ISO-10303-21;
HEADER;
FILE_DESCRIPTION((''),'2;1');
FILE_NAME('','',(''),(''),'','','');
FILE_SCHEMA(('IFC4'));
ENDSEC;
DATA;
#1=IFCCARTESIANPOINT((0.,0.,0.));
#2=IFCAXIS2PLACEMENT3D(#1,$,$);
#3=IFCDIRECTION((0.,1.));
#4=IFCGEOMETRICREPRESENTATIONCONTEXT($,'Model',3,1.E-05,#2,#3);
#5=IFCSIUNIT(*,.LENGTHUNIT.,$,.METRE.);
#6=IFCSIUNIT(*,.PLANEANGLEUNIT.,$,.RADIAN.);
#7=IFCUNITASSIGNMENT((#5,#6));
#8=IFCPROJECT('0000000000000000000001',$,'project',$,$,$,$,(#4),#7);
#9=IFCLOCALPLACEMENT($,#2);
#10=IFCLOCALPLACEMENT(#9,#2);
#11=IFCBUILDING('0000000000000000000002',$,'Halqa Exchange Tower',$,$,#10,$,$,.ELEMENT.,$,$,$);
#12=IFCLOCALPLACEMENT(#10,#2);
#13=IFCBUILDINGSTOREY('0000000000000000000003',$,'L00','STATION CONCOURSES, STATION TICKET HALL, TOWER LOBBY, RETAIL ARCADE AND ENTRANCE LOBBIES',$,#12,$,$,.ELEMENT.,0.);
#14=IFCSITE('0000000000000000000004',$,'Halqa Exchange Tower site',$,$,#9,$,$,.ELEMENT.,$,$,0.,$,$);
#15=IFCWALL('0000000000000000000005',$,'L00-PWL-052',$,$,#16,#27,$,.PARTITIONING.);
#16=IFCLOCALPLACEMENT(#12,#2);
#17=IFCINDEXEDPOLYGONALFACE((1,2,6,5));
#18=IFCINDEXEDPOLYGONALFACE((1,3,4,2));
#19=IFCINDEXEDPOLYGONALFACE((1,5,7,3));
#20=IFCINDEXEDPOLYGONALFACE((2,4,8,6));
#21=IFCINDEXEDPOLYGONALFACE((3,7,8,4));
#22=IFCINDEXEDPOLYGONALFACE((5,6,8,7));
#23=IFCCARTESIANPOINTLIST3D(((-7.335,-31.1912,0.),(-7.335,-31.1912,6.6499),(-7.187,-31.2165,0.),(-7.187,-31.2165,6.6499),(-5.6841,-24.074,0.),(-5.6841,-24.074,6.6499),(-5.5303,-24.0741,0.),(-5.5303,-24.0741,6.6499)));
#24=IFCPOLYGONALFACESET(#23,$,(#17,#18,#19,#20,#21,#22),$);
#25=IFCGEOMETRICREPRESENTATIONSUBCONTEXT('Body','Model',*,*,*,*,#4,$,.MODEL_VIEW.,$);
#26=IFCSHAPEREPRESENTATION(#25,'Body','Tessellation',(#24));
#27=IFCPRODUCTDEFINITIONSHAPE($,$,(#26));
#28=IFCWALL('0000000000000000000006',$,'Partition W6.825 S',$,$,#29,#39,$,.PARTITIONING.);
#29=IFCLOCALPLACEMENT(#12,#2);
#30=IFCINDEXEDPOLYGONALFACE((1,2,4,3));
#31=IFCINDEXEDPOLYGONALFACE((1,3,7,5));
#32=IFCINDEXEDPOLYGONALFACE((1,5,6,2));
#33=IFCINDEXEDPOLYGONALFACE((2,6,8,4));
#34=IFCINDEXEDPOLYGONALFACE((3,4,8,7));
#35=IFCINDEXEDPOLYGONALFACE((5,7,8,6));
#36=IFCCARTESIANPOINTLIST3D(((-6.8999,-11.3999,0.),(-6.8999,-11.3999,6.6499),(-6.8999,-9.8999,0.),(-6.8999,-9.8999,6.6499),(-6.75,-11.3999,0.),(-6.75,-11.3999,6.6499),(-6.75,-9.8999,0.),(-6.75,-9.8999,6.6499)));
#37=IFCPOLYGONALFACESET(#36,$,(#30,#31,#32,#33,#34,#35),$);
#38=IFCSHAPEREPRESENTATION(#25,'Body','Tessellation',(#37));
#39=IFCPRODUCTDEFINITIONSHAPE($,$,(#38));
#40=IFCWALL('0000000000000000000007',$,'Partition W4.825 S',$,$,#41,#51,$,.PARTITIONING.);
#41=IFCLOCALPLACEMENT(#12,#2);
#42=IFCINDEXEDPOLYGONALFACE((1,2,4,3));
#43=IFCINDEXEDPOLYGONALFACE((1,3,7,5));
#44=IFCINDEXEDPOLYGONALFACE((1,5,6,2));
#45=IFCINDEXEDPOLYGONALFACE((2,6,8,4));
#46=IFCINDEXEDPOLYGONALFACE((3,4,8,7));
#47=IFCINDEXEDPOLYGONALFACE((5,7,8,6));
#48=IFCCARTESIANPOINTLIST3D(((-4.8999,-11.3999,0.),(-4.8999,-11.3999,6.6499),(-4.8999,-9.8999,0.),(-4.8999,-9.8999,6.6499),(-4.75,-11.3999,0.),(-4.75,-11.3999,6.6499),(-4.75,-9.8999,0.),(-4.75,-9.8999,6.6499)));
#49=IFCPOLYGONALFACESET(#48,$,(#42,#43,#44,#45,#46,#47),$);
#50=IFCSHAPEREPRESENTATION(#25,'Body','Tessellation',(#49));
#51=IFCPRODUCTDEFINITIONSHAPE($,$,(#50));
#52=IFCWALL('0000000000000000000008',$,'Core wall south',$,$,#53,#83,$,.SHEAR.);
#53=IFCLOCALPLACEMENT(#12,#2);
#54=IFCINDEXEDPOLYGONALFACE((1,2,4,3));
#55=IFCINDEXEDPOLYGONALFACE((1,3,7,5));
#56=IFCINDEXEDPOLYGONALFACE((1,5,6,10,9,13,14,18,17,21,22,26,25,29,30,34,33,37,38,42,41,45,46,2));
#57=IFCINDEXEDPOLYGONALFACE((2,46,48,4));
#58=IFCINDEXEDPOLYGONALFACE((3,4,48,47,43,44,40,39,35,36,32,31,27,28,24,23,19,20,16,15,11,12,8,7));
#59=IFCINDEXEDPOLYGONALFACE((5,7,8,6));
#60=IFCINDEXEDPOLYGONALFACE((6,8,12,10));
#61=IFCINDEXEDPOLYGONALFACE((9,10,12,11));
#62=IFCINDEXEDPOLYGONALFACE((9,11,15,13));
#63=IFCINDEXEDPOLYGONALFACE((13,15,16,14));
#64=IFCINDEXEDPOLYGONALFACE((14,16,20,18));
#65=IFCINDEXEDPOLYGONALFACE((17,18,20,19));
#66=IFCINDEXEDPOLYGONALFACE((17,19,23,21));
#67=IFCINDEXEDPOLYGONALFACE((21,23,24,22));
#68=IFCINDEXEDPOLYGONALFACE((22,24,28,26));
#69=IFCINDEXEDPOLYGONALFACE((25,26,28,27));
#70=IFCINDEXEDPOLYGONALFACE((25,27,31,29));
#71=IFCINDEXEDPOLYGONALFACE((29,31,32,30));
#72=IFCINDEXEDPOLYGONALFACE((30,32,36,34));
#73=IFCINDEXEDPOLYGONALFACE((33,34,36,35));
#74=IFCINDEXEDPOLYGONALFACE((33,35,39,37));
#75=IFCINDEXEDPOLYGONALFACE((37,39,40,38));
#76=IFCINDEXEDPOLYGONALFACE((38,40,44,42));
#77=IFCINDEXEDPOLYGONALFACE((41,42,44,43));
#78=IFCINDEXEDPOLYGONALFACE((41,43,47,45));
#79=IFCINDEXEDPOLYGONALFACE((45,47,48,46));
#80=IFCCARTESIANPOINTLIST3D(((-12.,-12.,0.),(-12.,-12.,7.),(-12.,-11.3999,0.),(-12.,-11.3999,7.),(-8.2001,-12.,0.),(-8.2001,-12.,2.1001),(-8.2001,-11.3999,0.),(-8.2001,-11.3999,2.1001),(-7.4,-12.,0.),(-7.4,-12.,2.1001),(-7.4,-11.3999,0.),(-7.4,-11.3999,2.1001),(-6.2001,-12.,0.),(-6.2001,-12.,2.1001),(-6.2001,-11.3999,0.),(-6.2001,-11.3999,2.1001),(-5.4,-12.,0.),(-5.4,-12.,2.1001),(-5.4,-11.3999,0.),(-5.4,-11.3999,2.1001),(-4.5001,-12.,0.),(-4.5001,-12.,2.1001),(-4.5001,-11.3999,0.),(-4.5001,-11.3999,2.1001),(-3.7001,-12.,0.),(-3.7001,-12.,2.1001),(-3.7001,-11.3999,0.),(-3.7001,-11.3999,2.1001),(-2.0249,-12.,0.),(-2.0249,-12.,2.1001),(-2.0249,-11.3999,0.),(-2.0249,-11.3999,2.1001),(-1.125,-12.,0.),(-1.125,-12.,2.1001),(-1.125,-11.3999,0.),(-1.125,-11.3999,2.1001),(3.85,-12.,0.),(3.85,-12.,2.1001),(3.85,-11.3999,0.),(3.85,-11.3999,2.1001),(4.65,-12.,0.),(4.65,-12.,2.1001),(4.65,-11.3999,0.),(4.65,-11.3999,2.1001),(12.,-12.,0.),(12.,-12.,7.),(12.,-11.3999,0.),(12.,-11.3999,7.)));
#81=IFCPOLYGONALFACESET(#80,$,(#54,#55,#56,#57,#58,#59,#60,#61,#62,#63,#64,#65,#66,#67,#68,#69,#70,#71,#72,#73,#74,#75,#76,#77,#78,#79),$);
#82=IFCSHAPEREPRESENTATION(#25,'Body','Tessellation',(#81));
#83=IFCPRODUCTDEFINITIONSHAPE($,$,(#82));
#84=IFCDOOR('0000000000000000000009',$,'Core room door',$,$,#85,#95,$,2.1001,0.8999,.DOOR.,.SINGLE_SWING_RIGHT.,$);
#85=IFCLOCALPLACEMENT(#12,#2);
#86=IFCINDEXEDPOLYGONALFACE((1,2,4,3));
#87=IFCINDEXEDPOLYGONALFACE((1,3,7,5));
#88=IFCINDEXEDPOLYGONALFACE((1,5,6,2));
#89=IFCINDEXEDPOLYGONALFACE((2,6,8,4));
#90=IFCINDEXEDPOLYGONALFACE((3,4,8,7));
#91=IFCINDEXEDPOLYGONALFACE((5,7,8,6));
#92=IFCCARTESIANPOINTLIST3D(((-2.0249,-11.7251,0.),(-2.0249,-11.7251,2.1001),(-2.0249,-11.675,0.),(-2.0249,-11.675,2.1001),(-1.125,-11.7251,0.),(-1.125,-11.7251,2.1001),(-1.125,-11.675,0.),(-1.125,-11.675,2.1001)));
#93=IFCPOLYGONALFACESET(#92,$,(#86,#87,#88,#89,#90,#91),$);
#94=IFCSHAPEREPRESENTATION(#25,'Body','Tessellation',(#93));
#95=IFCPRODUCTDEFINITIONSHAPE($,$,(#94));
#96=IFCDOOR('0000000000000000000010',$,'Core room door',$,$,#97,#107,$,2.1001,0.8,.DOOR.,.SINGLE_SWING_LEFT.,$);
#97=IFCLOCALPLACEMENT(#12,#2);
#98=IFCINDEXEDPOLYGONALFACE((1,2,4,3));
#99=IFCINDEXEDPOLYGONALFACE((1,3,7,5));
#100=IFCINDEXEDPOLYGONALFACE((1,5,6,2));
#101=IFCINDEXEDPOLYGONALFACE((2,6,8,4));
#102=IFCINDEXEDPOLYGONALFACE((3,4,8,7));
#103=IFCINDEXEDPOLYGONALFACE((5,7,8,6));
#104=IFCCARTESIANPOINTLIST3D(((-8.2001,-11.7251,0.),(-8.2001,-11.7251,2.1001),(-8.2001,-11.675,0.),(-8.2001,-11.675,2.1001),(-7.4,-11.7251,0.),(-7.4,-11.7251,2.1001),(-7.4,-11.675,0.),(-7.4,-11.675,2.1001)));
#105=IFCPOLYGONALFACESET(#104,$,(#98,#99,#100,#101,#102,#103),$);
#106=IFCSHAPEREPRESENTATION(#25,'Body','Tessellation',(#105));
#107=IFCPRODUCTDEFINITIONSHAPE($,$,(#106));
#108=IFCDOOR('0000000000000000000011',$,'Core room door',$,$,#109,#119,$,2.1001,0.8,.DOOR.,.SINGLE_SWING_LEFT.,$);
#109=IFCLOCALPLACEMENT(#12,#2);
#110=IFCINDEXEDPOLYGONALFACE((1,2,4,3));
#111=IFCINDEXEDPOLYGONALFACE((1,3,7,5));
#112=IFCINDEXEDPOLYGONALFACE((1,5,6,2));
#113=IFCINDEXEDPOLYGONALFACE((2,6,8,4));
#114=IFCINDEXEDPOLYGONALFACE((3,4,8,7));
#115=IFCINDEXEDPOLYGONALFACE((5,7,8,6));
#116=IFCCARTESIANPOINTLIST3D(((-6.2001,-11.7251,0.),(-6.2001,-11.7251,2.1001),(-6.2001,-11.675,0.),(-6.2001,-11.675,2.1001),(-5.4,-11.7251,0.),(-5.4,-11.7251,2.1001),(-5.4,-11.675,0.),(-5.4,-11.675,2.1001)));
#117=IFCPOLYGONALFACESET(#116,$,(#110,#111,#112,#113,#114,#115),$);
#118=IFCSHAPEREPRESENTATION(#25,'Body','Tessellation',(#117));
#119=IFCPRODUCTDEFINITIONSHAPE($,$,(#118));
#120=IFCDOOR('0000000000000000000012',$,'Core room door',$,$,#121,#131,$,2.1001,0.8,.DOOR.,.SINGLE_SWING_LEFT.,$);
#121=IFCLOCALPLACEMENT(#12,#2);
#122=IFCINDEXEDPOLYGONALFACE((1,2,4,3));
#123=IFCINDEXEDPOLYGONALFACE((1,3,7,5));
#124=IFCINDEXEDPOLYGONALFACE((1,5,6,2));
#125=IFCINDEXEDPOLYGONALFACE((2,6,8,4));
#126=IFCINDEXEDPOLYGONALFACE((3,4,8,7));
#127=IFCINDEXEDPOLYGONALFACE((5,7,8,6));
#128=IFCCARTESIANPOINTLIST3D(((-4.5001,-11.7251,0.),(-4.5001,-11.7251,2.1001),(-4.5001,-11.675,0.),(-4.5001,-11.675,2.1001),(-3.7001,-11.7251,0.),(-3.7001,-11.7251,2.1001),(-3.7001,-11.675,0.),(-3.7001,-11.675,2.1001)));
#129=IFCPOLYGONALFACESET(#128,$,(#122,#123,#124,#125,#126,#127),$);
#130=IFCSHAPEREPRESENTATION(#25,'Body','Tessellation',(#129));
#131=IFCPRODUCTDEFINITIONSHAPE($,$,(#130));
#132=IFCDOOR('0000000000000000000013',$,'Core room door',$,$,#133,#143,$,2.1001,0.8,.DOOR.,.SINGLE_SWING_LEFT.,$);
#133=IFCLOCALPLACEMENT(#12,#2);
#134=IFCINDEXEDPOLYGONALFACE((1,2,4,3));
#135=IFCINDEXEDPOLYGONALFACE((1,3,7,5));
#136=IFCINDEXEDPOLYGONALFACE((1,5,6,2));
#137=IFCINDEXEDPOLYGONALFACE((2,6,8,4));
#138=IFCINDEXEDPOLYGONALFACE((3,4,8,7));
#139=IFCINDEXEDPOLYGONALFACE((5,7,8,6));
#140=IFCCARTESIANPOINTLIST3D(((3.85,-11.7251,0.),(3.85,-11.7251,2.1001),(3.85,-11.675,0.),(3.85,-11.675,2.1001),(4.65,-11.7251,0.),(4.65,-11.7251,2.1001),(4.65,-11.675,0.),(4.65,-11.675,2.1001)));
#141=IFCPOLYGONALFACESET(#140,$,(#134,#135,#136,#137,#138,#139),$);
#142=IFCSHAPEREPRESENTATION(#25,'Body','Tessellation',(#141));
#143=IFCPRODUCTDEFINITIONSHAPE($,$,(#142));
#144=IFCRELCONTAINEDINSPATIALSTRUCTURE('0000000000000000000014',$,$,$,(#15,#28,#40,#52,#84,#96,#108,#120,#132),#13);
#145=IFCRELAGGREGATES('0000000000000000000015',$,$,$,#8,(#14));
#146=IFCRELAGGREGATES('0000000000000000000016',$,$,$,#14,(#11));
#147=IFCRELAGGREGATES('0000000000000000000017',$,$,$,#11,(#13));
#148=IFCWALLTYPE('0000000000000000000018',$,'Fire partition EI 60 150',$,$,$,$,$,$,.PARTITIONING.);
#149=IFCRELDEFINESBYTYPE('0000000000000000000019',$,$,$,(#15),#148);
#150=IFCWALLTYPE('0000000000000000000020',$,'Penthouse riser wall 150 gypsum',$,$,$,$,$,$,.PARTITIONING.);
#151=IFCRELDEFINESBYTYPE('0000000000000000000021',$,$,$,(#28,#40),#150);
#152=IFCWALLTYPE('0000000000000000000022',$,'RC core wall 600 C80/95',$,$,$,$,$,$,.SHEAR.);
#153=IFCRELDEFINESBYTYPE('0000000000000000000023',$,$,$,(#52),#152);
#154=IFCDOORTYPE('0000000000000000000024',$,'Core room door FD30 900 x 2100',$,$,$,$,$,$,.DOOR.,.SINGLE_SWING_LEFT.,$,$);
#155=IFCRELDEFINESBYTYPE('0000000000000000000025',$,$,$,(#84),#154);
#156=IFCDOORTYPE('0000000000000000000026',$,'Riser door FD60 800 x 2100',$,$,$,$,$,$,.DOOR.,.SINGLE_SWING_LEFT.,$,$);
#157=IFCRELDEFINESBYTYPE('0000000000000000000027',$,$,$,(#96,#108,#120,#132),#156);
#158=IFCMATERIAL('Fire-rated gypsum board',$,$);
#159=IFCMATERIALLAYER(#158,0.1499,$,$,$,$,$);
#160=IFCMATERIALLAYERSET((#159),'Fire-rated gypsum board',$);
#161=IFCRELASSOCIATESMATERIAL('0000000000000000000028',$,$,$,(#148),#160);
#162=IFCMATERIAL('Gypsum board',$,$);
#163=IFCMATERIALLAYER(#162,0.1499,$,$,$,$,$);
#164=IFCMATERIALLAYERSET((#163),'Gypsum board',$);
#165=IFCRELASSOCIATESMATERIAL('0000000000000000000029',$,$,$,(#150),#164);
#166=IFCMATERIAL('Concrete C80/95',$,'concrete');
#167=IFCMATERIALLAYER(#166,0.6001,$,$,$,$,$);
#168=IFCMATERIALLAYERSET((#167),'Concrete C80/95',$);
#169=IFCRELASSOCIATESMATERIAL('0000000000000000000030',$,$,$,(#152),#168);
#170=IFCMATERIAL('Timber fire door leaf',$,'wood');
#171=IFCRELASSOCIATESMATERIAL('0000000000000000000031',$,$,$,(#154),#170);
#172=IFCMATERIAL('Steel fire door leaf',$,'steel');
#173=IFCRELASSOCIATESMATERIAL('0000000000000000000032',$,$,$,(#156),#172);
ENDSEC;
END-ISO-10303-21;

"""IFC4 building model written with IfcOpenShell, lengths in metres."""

from ifc_helpers import new_model, si_unit, direction, frame, frame_2d, origin, place, context, subcontext, project, spatial, polyline, rectangle, outline, extrude, material, layer, layer_set, type_object, element, fill, save


model = new_model("IFC4")

# Units and contexts
model_context = context("Model", 3, precision=1e-05, world=origin(), true_north=direction((0.0, 1.0)))
body_context = subcontext(model_context, "Body", "Model", "MODEL_VIEW")
ifc_project = project(units=[si_unit("LENGTHUNIT", "METRE"), si_unit("PLANEANGLEUNIT", "RADIAN")], contexts=[model_context])

# Site, building, storey
site_placement = place(None, origin())
site = spatial("IfcSite", under=ifc_project, at=site_placement, Name="Halqa Exchange Tower site", CompositionType="ELEMENT", RefElevation=0.0)
building_placement = place(site_placement, origin())
building = spatial("IfcBuilding", under=site, at=building_placement, Name="Halqa Exchange Tower", CompositionType="ELEMENT")
storey_placement = place(building_placement, origin())
storey = spatial("IfcBuildingStorey", under=building, at=storey_placement, Name="L00", Description="STATION CONCOURSES, STATION TICKET HALL, TOWER LOBBY, RETAIL ARCADE AND ENTRANCE LOBBIES", CompositionType="ELEMENT", Elevation=0.0)

# Shared definitions
ifc_material_1 = material(Name="Fire-rated gypsum board")
ifc_layer_1 = layer(ifc_material_1, 0.1499)
ifc_layer_set_1 = layer_set([ifc_layer_1], Name="Fire-rated gypsum board")
wall_type_1 = type_object("IfcWallType", Name="Fire partition EI 60 150", PredefinedType="PARTITIONING", material=ifc_layer_set_1)
ifc_material_2 = material(Name="Steel fire door leaf", Category="steel")

# Walls
wall_1_placement = place(storey_placement, frame((-7.261, -31.2039, 0.0), z_axis=(0.0, 0.0, 1.0), x_axis=(0.225956, 0.974138, 0.0)))
element("IfcWall", 1, at=wall_1_placement, inside=storey, type_object=wall_type_1, Name="L00-PWL-052", PredefinedType="PARTITIONING", context=body_context, shape_type="SweptSolid", body=[
    extrude(outline(polyline([(0.0044, -0.075), (7.3364, -0.075), (7.3018, 0.075), (-0.0044, 0.075), (0.0044, -0.075)])), origin(), (0.0, 0.0, 1.0), 6.6499),
])
ifc_material_3 = material(Name="Gypsum board")
ifc_layer_2 = layer(ifc_material_3, 0.1499)
ifc_layer_set_2 = layer_set([ifc_layer_2], Name="Gypsum board")
wall_type_2 = type_object("IfcWallType", Name="Penthouse riser wall 150 gypsum", PredefinedType="PARTITIONING", material=ifc_layer_set_2)
for number, where, z_axis, x_axis, name in (
    (2, (-6.825, -11.3999, 0.0), (0.0, 0.0, 1.0), (0.0, 1.0, 0.0), "Partition W6.825 S"),
    (3, (-4.825, -11.3999, 0.0), (0.0, 0.0, 1.0), (0.0, 1.0, 0.0), "Partition W4.825 S"),
):
    element("IfcWall", number, at=place(storey_placement, frame(where, z_axis=z_axis, x_axis=x_axis)), inside=storey, type_object=wall_type_2, Name=name, PredefinedType="PARTITIONING", context=body_context, shape_type="SweptSolid", body=[
        extrude(rectangle(XDim=1.5, YDim=0.1499, at=frame_2d((0.75, 0.0))), origin(), (0.0, 0.0, 1.0), 6.6499),
    ])

# Wall, openings, doors
ifc_material_4 = material(Name="Concrete C80/95", Category="concrete")
ifc_layer_3 = layer(ifc_material_4, 0.6001)
ifc_layer_set_3 = layer_set([ifc_layer_3], Name="Concrete C80/95")
wall_type_3 = type_object("IfcWallType", Name="RC core wall 600 C80/95", PredefinedType="SHEAR", material=ifc_layer_set_3)
wall_2_placement = place(storey_placement, frame((-12.0, -11.7, 0.0), z_axis=(0.0, 0.0, 1.0), x_axis=(1.0, 0.0, 0.0)))
wall_2 = element("IfcWall", 4, at=wall_2_placement, inside=storey, type_object=wall_type_3, Name="Core wall south", PredefinedType="SHEAR", context=body_context, shape_type="SweptSolid", body=[
    extrude(rectangle(XDim=24.0, YDim=0.6001, at=frame_2d((12.0, 0.0))), origin(), (0.0, 0.0, 1.0), 7.0),
])
opening_1_placement = place(wall_2_placement, frame((9.9751, 0.0, 0.0)))
opening_1 = element("IfcOpeningElement", 5, at=opening_1_placement, cuts=wall_2, PredefinedType="OPENING", context=body_context, shape_type="SweptSolid", body=[
    extrude(rectangle(XDim=0.8999, YDim=2.1001, at=frame_2d((0.45, 1.05))), frame((0.0, 0.312, 0.0), z_axis=(0.0, -1.0, 0.0), x_axis=(1.0, 0.0, 0.0)), (0.0, 0.0, 1.0), 0.624),
])
opening_2_placement = place(wall_2_placement, frame((3.8, 0.0, 0.0)))
opening_2 = element("IfcOpeningElement", 6, at=opening_2_placement, cuts=wall_2, PredefinedType="OPENING", context=body_context, shape_type="SweptSolid", body=[
    extrude(rectangle(XDim=0.8, YDim=2.1001, at=frame_2d((0.3999, 1.05))), frame((0.0, 0.312, 0.0), z_axis=(0.0, -1.0, 0.0), x_axis=(1.0, 0.0, 0.0)), (0.0, 0.0, 1.0), 0.624),
])
opening_3_placement = place(wall_2_placement, frame((5.8, 0.0, 0.0)))
opening_3 = element("IfcOpeningElement", 7, at=opening_3_placement, cuts=wall_2, PredefinedType="OPENING", context=body_context, shape_type="SweptSolid", body=[
    extrude(rectangle(XDim=0.8, YDim=2.1001, at=frame_2d((0.3999, 1.05))), frame((0.0, 0.312, 0.0), z_axis=(0.0, -1.0, 0.0), x_axis=(1.0, 0.0, 0.0)), (0.0, 0.0, 1.0), 0.624),
])
opening_4_placement = place(wall_2_placement, frame((7.5, 0.0, 0.0)))
opening_4 = element("IfcOpeningElement", 8, at=opening_4_placement, cuts=wall_2, PredefinedType="OPENING", context=body_context, shape_type="SweptSolid", body=[
    extrude(rectangle(XDim=0.8, YDim=2.1001, at=frame_2d((0.3999, 1.05))), frame((0.0, 0.312, 0.0), z_axis=(0.0, -1.0, 0.0), x_axis=(1.0, 0.0, 0.0)), (0.0, 0.0, 1.0), 0.624),
])
opening_5_placement = place(wall_2_placement, frame((15.8501, 0.0, 0.0)))
opening_5 = element("IfcOpeningElement", 9, at=opening_5_placement, cuts=wall_2, PredefinedType="OPENING", context=body_context, shape_type="SweptSolid", body=[
    extrude(rectangle(XDim=0.8, YDim=2.1001, at=frame_2d((0.3999, 1.05))), frame((0.0, 0.312, 0.0), z_axis=(0.0, -1.0, 0.0), x_axis=(1.0, 0.0, 0.0)), (0.0, 0.0, 1.0), 0.624),
])
ifc_material_5 = material(Name="Timber fire door leaf", Category="wood")
door_type_1 = type_object("IfcDoorType", Name="Core room door FD30 900 x 2100", OperationType="SINGLE_SWING_LEFT", PredefinedType="DOOR", material=ifc_material_5)
door_1_placement = place(opening_1_placement, origin())
door_1 = element("IfcDoor", 10, at=door_1_placement, inside=storey, type_object=door_type_1, Name="Core room door", OperationType="SINGLE_SWING_RIGHT", OverallHeight=2.1001, OverallWidth=0.8999, PredefinedType="DOOR", context=body_context, shape_type="SweptSolid", body=[
    extrude(rectangle(XDim=0.8999, YDim=2.1001, at=frame_2d((0.45, 1.05))), frame((0.0, 0.0249, 0.0), z_axis=(0.0, -1.0, 0.0), x_axis=(1.0, 0.0, 0.0)), (0.0, 0.0, 1.0), 0.05),
])
fill(opening_1, door_1)
door_type_2 = type_object("IfcDoorType", Name="Riser door FD60 800 x 2100", OperationType="SINGLE_SWING_LEFT", PredefinedType="DOOR", material=ifc_material_2)
door_2_placement = place(opening_2_placement, origin())
door_2 = element("IfcDoor", 11, at=door_2_placement, inside=storey, type_object=door_type_2, Name="Core room door", OperationType="SINGLE_SWING_LEFT", OverallHeight=2.1001, OverallWidth=0.8, PredefinedType="DOOR", context=body_context, shape_type="SweptSolid", body=[
    extrude(rectangle(XDim=0.8, YDim=2.1001, at=frame_2d((0.3999, 1.05))), frame((0.0, 0.0249, 0.0), z_axis=(0.0, -1.0, 0.0), x_axis=(1.0, 0.0, 0.0)), (0.0, 0.0, 1.0), 0.05),
])
fill(opening_2, door_2)
door_3_placement = place(opening_3_placement, origin())
door_3 = element("IfcDoor", 12, at=door_3_placement, inside=storey, type_object=door_type_2, Name="Core room door", OperationType="SINGLE_SWING_LEFT", OverallHeight=2.1001, OverallWidth=0.8, PredefinedType="DOOR", context=body_context, shape_type="SweptSolid", body=[
    extrude(rectangle(XDim=0.8, YDim=2.1001, at=frame_2d((0.3999, 1.05))), frame((0.0, 0.0249, 0.0), z_axis=(0.0, -1.0, 0.0), x_axis=(1.0, 0.0, 0.0)), (0.0, 0.0, 1.0), 0.05),
])
fill(opening_3, door_3)
door_4_placement = place(opening_4_placement, origin())
door_4 = element("IfcDoor", 13, at=door_4_placement, inside=storey, type_object=door_type_2, Name="Core room door", OperationType="SINGLE_SWING_LEFT", OverallHeight=2.1001, OverallWidth=0.8, PredefinedType="DOOR", context=body_context, shape_type="SweptSolid", body=[
    extrude(rectangle(XDim=0.8, YDim=2.1001, at=frame_2d((0.3999, 1.05))), frame((0.0, 0.0249, 0.0), z_axis=(0.0, -1.0, 0.0), x_axis=(1.0, 0.0, 0.0)), (0.0, 0.0, 1.0), 0.05),
])
fill(opening_4, door_4)
door_5_placement = place(opening_5_placement, origin())
door_5 = element("IfcDoor", 14, at=door_5_placement, inside=storey, type_object=door_type_2, Name="Core room door", OperationType="SINGLE_SWING_LEFT", OverallHeight=2.1001, OverallWidth=0.8, PredefinedType="DOOR", context=body_context, shape_type="SweptSolid", body=[
    extrude(rectangle(XDim=0.8, YDim=2.1001, at=frame_2d((0.3999, 1.05))), frame((0.0, 0.0249, 0.0), z_axis=(0.0, -1.0, 0.0), x_axis=(1.0, 0.0, 0.0)), (0.0, 0.0, 1.0), 0.05),
])
fill(opening_5, door_5)

save(model, "model.ifc")
